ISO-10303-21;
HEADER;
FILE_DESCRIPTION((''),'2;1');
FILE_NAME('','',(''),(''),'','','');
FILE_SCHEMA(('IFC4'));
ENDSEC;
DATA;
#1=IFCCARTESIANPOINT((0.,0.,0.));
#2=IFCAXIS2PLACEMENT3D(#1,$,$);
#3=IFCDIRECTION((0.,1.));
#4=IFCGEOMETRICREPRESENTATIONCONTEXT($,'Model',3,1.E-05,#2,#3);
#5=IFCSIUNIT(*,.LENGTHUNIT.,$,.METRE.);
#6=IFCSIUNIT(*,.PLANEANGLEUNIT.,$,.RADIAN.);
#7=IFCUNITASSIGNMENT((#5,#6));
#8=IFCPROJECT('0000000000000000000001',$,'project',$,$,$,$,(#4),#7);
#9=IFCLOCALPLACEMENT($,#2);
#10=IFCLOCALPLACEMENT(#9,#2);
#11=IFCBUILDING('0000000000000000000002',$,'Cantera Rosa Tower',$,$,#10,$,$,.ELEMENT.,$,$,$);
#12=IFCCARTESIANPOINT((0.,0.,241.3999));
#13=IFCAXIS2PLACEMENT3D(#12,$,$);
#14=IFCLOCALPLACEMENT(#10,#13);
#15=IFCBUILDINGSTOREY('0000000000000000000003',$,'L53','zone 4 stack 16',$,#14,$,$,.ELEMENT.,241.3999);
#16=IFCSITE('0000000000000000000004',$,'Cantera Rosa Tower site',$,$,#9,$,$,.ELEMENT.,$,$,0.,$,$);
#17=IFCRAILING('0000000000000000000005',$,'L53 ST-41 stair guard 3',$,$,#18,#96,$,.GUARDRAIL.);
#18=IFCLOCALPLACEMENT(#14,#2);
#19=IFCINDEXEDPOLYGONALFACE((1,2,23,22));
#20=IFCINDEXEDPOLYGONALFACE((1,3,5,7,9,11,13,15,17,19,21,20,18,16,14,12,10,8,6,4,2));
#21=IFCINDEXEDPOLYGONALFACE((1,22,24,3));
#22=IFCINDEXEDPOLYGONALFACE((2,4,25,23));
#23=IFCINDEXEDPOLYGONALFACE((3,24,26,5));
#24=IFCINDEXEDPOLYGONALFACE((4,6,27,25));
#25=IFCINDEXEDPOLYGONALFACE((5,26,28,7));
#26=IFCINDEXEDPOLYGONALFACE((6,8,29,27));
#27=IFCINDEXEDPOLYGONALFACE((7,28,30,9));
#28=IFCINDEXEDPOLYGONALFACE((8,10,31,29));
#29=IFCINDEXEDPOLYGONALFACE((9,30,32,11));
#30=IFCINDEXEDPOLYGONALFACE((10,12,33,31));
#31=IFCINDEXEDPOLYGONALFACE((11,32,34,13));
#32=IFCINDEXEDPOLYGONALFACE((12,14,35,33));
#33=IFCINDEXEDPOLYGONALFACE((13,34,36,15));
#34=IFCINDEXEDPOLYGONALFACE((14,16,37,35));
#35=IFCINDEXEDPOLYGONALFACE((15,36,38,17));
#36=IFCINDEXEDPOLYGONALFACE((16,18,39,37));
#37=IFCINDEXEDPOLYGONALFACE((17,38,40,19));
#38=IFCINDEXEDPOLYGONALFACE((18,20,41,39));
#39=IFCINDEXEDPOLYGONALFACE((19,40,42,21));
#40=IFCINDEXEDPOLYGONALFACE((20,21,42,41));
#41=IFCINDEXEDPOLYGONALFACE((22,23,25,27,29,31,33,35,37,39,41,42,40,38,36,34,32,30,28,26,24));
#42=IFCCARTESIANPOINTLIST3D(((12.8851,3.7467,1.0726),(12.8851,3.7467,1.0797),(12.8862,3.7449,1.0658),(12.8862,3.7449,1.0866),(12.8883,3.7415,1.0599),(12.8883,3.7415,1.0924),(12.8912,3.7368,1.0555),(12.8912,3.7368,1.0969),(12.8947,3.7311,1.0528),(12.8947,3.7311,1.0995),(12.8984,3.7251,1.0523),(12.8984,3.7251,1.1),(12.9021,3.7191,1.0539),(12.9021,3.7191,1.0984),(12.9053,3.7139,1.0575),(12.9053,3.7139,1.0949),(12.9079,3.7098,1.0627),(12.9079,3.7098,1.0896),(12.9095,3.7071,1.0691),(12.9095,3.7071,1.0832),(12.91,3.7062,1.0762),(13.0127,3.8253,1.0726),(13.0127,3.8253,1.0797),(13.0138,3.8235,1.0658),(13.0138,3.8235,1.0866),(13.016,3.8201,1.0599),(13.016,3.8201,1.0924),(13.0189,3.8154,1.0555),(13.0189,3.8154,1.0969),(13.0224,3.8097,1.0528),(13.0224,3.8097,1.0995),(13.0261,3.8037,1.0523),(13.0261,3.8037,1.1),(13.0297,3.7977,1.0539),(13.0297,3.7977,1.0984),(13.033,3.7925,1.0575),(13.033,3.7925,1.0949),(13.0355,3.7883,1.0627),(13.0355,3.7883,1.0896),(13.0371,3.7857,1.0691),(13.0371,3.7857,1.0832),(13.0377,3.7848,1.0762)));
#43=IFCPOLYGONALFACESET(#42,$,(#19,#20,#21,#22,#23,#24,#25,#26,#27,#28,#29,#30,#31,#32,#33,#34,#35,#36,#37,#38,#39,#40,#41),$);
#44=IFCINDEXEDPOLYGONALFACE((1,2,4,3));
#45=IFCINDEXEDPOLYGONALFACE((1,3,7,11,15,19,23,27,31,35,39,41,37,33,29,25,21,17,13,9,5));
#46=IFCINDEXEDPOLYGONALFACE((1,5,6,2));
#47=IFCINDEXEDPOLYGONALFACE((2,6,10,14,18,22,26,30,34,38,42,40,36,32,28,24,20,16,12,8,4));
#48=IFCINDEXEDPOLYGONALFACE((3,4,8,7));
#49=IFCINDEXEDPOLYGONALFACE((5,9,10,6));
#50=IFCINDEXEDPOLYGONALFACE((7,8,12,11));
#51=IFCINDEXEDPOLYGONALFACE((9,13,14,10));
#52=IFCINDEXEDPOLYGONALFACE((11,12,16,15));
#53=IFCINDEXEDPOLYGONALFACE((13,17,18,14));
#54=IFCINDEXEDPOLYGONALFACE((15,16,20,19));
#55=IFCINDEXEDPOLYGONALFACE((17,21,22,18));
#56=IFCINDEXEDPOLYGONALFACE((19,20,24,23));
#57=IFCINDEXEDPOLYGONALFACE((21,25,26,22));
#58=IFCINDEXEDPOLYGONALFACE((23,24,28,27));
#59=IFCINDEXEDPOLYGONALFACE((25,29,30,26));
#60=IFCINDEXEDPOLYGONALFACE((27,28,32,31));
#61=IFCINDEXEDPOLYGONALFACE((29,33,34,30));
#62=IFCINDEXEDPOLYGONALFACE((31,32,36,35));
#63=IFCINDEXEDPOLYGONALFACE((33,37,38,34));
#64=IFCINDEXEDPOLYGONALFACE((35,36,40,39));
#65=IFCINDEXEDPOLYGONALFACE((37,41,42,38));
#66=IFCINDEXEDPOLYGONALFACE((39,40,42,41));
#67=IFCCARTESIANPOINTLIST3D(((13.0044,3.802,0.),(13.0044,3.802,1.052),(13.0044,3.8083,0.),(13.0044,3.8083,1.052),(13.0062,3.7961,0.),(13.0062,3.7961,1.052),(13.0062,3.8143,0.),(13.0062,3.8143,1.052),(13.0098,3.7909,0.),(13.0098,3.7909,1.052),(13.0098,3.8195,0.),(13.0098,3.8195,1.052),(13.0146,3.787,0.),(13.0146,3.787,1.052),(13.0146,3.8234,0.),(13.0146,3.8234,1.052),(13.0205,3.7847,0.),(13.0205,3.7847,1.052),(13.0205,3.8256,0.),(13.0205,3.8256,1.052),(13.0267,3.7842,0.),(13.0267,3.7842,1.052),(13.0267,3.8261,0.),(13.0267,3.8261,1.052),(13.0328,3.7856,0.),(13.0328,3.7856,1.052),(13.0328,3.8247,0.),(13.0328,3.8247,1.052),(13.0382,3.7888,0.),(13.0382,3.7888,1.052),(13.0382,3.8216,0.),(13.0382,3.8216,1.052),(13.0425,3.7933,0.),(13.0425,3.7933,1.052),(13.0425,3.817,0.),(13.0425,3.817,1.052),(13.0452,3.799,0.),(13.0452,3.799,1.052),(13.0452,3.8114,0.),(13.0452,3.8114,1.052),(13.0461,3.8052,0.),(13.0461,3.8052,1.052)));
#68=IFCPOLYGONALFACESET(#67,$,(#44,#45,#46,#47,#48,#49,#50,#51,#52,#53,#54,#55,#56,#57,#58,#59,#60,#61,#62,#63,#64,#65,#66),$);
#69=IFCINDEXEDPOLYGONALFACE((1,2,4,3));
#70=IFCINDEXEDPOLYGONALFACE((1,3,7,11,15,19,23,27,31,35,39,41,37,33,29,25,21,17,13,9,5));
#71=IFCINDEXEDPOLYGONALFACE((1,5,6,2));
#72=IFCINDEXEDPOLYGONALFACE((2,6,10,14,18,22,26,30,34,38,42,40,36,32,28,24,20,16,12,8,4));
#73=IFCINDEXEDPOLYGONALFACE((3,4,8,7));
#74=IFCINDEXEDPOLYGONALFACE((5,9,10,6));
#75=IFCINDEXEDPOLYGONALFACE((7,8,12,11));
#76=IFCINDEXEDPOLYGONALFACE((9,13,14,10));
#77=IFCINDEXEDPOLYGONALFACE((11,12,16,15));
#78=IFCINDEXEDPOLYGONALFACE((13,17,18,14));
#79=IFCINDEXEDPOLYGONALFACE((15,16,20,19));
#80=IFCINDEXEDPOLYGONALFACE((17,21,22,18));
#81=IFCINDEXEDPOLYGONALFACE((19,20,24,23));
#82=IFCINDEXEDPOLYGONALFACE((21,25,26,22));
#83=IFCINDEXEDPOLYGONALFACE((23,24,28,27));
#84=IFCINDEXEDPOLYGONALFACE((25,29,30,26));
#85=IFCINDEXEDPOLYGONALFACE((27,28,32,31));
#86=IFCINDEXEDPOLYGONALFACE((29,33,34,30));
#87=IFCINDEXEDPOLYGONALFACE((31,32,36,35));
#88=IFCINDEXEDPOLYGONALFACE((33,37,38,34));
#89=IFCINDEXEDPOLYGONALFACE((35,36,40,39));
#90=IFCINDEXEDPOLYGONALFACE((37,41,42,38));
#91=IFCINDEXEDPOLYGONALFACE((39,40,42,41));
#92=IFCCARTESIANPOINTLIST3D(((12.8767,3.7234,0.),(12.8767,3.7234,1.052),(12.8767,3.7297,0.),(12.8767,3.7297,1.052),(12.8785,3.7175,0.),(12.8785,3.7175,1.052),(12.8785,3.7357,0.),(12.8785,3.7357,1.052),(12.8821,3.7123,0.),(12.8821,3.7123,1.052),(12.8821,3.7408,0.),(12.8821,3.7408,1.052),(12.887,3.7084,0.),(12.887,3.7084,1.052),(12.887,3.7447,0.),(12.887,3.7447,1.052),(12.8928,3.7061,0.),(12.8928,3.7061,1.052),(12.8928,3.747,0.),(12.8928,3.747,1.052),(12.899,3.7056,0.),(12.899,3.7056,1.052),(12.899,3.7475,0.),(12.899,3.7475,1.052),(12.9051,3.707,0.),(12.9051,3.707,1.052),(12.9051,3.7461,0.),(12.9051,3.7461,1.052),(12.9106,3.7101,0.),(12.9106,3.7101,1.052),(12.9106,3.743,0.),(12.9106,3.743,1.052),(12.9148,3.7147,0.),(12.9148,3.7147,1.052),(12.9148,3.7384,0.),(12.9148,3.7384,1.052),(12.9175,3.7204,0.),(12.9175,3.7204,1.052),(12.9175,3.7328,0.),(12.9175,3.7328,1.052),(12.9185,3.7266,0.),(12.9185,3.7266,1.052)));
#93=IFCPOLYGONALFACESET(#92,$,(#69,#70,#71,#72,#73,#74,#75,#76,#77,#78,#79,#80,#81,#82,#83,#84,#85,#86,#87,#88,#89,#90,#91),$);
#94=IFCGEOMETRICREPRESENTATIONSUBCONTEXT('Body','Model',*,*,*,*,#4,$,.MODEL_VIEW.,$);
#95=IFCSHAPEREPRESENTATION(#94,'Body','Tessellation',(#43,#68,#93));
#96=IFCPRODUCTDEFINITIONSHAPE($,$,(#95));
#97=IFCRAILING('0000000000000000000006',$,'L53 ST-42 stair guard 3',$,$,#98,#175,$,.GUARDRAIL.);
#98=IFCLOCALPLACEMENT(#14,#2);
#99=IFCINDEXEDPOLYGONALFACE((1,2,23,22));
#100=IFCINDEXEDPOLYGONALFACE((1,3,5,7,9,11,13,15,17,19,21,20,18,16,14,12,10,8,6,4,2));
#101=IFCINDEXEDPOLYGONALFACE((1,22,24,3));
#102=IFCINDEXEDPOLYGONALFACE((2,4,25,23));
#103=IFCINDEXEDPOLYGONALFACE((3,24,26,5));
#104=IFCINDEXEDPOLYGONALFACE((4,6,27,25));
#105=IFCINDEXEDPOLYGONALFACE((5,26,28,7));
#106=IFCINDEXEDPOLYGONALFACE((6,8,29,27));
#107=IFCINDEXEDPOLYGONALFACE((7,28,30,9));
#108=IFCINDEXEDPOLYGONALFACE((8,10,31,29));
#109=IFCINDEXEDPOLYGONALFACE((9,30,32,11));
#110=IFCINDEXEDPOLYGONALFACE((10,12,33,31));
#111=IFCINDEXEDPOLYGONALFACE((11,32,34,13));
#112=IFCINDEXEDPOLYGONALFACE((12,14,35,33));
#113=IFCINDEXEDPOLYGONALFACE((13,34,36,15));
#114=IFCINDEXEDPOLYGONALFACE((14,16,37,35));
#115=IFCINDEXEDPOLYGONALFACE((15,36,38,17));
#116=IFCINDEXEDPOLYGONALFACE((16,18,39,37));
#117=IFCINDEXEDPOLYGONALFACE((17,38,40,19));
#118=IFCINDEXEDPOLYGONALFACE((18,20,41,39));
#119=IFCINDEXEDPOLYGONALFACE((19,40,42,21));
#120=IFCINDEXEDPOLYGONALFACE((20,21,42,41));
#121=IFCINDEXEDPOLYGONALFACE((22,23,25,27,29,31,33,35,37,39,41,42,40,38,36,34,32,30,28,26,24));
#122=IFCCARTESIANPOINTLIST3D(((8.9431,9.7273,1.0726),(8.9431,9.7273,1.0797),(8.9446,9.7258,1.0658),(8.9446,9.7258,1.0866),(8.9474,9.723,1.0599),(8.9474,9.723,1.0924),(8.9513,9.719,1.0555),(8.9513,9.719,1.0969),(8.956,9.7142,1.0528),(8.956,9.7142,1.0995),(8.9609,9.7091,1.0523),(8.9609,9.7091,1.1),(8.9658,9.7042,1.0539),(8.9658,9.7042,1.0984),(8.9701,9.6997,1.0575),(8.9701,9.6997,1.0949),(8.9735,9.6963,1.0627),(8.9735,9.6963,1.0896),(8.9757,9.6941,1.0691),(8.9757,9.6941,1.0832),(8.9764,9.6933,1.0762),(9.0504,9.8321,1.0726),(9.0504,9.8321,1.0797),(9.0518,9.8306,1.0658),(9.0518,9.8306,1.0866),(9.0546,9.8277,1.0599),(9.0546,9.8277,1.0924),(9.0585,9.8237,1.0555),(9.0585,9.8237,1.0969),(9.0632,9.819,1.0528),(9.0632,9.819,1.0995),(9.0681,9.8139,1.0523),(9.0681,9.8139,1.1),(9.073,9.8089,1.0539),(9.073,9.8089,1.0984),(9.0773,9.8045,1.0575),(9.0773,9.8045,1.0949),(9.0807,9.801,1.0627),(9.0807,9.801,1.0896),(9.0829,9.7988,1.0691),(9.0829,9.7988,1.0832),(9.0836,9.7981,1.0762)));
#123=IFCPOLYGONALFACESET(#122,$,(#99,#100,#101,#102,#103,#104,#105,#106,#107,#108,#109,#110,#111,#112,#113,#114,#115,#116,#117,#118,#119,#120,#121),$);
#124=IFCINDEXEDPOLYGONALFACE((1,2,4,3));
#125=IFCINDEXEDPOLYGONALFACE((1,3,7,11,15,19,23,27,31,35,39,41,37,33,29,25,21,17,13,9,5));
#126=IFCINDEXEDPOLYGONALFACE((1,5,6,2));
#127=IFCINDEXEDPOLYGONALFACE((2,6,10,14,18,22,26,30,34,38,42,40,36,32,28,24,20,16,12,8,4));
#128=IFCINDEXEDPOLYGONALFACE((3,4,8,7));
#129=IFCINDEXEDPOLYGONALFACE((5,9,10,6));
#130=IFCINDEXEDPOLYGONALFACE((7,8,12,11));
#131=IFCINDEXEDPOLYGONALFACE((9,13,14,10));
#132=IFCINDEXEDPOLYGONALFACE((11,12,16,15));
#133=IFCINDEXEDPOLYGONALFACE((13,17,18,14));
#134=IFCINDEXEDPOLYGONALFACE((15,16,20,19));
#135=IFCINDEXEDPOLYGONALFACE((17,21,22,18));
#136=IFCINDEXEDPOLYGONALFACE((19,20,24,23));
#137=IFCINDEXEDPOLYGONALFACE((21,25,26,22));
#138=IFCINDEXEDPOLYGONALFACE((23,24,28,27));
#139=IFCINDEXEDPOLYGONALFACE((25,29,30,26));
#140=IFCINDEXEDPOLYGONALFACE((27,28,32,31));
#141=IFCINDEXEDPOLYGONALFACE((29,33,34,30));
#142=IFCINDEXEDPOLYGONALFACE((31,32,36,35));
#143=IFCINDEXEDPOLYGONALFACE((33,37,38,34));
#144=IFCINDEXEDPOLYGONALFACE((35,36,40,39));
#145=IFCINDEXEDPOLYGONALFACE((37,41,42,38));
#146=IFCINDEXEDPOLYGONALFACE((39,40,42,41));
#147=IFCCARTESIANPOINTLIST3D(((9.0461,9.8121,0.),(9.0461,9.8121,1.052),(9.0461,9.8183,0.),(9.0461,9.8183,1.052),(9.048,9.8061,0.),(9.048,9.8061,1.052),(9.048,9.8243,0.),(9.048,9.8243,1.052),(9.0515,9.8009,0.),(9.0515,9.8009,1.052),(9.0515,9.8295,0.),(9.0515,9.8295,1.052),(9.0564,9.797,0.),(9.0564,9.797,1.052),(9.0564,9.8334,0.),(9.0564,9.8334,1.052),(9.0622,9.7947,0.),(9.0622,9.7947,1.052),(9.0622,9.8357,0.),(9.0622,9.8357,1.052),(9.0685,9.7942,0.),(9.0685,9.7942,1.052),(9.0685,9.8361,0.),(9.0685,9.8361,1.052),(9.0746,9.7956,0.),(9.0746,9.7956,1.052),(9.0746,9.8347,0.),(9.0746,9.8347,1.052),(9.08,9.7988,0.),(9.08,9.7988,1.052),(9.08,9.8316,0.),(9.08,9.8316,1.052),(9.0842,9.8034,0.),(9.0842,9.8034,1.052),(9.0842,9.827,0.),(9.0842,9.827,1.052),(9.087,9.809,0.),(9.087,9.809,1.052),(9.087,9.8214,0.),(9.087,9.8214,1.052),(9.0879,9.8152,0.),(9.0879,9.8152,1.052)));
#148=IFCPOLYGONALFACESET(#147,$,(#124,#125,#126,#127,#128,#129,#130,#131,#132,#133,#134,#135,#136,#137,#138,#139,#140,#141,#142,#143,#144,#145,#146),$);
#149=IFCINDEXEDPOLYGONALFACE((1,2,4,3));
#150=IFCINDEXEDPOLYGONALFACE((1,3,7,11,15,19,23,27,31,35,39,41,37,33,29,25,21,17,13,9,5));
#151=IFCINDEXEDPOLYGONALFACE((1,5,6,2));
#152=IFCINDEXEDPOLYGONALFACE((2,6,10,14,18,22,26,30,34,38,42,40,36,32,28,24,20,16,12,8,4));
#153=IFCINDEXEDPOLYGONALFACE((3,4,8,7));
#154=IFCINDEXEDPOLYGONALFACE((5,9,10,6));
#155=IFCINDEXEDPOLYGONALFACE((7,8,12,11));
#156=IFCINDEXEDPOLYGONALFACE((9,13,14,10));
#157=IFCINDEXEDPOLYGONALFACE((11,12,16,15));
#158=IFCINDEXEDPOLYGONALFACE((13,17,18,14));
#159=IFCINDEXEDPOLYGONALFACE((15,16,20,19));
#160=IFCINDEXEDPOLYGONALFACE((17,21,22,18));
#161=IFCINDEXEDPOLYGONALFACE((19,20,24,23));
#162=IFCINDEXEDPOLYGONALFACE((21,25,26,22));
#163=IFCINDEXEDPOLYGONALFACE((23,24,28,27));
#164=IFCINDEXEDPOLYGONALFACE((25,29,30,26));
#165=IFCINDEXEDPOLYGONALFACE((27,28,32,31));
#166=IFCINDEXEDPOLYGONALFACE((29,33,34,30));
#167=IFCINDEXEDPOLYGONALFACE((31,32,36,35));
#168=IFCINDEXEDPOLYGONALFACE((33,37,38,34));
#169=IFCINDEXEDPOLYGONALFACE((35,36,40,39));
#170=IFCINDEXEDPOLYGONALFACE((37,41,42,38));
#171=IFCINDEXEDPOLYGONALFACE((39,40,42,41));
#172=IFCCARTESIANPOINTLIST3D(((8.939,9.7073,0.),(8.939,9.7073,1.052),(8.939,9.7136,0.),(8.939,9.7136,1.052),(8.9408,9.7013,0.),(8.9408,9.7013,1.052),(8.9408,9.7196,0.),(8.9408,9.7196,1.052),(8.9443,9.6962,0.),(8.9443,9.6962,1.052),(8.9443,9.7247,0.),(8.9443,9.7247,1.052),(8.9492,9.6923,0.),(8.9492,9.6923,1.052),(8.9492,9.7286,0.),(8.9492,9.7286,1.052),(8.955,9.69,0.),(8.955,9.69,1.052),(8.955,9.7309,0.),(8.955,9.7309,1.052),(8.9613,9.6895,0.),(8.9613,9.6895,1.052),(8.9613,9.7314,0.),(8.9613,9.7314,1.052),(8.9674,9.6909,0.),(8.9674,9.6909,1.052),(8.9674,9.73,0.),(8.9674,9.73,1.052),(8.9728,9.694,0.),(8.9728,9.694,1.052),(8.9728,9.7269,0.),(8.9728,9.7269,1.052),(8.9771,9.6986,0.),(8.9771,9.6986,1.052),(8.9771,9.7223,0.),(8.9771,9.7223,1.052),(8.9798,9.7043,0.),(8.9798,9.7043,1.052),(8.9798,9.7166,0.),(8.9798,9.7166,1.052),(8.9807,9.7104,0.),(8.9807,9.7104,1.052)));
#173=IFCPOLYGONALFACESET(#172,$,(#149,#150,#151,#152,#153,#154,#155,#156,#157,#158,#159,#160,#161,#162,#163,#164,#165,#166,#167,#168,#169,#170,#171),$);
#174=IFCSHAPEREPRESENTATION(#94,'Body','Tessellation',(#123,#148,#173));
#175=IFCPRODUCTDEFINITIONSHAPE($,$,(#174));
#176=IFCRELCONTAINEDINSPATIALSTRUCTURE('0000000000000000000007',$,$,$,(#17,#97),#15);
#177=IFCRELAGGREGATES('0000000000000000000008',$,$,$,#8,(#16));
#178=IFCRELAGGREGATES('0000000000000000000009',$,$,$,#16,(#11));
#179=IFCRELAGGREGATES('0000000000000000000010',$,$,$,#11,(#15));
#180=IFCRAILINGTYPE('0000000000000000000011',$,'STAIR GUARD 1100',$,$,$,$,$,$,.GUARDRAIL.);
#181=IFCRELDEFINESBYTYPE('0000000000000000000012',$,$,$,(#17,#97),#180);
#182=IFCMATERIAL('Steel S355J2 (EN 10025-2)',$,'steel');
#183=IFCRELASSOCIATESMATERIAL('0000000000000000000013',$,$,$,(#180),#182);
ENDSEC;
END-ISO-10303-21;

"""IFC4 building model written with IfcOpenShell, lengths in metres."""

from ifc_helpers import new_model, si_unit, direction, frame, origin, origin_2d, place, context, subcontext, project, spatial, circle, extrude, material, type_object, element, save


model = new_model("IFC4")

# Units and contexts
model_context = context("Model", 3, precision=1e-05, world=origin(), true_north=direction((0.0, 1.0)))
body_context = subcontext(model_context, "Body", "Model", "MODEL_VIEW")
ifc_project = project(units=[si_unit("LENGTHUNIT", "METRE"), si_unit("PLANEANGLEUNIT", "RADIAN")], contexts=[model_context])

# Site, building, storey
site_placement = place(None, origin())
site = spatial("IfcSite", under=ifc_project, at=site_placement, Name="Cantera Rosa Tower site", CompositionType="ELEMENT", RefElevation=0.0)
building_placement = place(site_placement, origin())
building = spatial("IfcBuilding", under=site, at=building_placement, Name="Cantera Rosa Tower", CompositionType="ELEMENT")
storey_placement = place(building_placement, frame((0.0, 0.0, 241.3999)))
storey = spatial("IfcBuildingStorey", under=building, at=storey_placement, Name="L53", Description="zone 4 stack 16", CompositionType="ELEMENT", Elevation=241.3999)

# Railings
ifc_material_1 = material(Name="Steel S355J2 (EN 10025-2)", Category="steel")
railing_type_1 = type_object("IfcRailingType", Name="STAIR GUARD 1100", PredefinedType="GUARDRAIL", material=ifc_material_1)
railing_1_placement = place(storey_placement, frame((13.0251, 3.8052, 0.0)))
element("IfcRailing", 1, at=railing_1_placement, inside=storey, type_object=railing_type_1, Name="L53 ST-41 stair guard 3", PredefinedType="GUARDRAIL", context=body_context, shape_type="SweptSolid", body=[
    extrude(circle(Radius=0.0239, at=origin_2d()), frame((0.0, 0.0, 1.0762), z_axis=(-0.851546, -0.524279, 0.0), x_axis=(0.524279, -0.851546, 0.0)), (0.0, 0.0, 1.0), 0.1499),
    extrude(circle(Radius=0.021, at=origin_2d()), origin(), (0.0, 0.0, 1.0), 1.052),
    extrude(circle(Radius=0.021, at=origin_2d()), frame((-0.1277, -0.0786, 0.0)), (0.0, 0.0, 1.0), 1.052),
])
railing_2_placement = place(storey_placement, frame((9.0669, 9.8152, 0.0)))
element("IfcRailing", 2, at=railing_2_placement, inside=storey, type_object=railing_type_1, Name="L53 ST-42 stair guard 3", PredefinedType="GUARDRAIL", context=body_context, shape_type="SweptSolid", body=[
    extrude(circle(Radius=0.0239, at=origin_2d()), frame((0.0, 0.0, 1.0762), z_axis=(-0.715206, -0.698914, 0.0), x_axis=(0.698914, -0.715206, 0.0)), (0.0, 0.0, 1.0), 0.1499),
    extrude(circle(Radius=0.021, at=origin_2d()), origin(), (0.0, 0.0, 1.0), 1.052),
    extrude(circle(Radius=0.021, at=origin_2d()), frame((-0.1072, -0.1047, 0.0)), (0.0, 0.0, 1.0), 1.052),
])

save(model, "model.ifc")
